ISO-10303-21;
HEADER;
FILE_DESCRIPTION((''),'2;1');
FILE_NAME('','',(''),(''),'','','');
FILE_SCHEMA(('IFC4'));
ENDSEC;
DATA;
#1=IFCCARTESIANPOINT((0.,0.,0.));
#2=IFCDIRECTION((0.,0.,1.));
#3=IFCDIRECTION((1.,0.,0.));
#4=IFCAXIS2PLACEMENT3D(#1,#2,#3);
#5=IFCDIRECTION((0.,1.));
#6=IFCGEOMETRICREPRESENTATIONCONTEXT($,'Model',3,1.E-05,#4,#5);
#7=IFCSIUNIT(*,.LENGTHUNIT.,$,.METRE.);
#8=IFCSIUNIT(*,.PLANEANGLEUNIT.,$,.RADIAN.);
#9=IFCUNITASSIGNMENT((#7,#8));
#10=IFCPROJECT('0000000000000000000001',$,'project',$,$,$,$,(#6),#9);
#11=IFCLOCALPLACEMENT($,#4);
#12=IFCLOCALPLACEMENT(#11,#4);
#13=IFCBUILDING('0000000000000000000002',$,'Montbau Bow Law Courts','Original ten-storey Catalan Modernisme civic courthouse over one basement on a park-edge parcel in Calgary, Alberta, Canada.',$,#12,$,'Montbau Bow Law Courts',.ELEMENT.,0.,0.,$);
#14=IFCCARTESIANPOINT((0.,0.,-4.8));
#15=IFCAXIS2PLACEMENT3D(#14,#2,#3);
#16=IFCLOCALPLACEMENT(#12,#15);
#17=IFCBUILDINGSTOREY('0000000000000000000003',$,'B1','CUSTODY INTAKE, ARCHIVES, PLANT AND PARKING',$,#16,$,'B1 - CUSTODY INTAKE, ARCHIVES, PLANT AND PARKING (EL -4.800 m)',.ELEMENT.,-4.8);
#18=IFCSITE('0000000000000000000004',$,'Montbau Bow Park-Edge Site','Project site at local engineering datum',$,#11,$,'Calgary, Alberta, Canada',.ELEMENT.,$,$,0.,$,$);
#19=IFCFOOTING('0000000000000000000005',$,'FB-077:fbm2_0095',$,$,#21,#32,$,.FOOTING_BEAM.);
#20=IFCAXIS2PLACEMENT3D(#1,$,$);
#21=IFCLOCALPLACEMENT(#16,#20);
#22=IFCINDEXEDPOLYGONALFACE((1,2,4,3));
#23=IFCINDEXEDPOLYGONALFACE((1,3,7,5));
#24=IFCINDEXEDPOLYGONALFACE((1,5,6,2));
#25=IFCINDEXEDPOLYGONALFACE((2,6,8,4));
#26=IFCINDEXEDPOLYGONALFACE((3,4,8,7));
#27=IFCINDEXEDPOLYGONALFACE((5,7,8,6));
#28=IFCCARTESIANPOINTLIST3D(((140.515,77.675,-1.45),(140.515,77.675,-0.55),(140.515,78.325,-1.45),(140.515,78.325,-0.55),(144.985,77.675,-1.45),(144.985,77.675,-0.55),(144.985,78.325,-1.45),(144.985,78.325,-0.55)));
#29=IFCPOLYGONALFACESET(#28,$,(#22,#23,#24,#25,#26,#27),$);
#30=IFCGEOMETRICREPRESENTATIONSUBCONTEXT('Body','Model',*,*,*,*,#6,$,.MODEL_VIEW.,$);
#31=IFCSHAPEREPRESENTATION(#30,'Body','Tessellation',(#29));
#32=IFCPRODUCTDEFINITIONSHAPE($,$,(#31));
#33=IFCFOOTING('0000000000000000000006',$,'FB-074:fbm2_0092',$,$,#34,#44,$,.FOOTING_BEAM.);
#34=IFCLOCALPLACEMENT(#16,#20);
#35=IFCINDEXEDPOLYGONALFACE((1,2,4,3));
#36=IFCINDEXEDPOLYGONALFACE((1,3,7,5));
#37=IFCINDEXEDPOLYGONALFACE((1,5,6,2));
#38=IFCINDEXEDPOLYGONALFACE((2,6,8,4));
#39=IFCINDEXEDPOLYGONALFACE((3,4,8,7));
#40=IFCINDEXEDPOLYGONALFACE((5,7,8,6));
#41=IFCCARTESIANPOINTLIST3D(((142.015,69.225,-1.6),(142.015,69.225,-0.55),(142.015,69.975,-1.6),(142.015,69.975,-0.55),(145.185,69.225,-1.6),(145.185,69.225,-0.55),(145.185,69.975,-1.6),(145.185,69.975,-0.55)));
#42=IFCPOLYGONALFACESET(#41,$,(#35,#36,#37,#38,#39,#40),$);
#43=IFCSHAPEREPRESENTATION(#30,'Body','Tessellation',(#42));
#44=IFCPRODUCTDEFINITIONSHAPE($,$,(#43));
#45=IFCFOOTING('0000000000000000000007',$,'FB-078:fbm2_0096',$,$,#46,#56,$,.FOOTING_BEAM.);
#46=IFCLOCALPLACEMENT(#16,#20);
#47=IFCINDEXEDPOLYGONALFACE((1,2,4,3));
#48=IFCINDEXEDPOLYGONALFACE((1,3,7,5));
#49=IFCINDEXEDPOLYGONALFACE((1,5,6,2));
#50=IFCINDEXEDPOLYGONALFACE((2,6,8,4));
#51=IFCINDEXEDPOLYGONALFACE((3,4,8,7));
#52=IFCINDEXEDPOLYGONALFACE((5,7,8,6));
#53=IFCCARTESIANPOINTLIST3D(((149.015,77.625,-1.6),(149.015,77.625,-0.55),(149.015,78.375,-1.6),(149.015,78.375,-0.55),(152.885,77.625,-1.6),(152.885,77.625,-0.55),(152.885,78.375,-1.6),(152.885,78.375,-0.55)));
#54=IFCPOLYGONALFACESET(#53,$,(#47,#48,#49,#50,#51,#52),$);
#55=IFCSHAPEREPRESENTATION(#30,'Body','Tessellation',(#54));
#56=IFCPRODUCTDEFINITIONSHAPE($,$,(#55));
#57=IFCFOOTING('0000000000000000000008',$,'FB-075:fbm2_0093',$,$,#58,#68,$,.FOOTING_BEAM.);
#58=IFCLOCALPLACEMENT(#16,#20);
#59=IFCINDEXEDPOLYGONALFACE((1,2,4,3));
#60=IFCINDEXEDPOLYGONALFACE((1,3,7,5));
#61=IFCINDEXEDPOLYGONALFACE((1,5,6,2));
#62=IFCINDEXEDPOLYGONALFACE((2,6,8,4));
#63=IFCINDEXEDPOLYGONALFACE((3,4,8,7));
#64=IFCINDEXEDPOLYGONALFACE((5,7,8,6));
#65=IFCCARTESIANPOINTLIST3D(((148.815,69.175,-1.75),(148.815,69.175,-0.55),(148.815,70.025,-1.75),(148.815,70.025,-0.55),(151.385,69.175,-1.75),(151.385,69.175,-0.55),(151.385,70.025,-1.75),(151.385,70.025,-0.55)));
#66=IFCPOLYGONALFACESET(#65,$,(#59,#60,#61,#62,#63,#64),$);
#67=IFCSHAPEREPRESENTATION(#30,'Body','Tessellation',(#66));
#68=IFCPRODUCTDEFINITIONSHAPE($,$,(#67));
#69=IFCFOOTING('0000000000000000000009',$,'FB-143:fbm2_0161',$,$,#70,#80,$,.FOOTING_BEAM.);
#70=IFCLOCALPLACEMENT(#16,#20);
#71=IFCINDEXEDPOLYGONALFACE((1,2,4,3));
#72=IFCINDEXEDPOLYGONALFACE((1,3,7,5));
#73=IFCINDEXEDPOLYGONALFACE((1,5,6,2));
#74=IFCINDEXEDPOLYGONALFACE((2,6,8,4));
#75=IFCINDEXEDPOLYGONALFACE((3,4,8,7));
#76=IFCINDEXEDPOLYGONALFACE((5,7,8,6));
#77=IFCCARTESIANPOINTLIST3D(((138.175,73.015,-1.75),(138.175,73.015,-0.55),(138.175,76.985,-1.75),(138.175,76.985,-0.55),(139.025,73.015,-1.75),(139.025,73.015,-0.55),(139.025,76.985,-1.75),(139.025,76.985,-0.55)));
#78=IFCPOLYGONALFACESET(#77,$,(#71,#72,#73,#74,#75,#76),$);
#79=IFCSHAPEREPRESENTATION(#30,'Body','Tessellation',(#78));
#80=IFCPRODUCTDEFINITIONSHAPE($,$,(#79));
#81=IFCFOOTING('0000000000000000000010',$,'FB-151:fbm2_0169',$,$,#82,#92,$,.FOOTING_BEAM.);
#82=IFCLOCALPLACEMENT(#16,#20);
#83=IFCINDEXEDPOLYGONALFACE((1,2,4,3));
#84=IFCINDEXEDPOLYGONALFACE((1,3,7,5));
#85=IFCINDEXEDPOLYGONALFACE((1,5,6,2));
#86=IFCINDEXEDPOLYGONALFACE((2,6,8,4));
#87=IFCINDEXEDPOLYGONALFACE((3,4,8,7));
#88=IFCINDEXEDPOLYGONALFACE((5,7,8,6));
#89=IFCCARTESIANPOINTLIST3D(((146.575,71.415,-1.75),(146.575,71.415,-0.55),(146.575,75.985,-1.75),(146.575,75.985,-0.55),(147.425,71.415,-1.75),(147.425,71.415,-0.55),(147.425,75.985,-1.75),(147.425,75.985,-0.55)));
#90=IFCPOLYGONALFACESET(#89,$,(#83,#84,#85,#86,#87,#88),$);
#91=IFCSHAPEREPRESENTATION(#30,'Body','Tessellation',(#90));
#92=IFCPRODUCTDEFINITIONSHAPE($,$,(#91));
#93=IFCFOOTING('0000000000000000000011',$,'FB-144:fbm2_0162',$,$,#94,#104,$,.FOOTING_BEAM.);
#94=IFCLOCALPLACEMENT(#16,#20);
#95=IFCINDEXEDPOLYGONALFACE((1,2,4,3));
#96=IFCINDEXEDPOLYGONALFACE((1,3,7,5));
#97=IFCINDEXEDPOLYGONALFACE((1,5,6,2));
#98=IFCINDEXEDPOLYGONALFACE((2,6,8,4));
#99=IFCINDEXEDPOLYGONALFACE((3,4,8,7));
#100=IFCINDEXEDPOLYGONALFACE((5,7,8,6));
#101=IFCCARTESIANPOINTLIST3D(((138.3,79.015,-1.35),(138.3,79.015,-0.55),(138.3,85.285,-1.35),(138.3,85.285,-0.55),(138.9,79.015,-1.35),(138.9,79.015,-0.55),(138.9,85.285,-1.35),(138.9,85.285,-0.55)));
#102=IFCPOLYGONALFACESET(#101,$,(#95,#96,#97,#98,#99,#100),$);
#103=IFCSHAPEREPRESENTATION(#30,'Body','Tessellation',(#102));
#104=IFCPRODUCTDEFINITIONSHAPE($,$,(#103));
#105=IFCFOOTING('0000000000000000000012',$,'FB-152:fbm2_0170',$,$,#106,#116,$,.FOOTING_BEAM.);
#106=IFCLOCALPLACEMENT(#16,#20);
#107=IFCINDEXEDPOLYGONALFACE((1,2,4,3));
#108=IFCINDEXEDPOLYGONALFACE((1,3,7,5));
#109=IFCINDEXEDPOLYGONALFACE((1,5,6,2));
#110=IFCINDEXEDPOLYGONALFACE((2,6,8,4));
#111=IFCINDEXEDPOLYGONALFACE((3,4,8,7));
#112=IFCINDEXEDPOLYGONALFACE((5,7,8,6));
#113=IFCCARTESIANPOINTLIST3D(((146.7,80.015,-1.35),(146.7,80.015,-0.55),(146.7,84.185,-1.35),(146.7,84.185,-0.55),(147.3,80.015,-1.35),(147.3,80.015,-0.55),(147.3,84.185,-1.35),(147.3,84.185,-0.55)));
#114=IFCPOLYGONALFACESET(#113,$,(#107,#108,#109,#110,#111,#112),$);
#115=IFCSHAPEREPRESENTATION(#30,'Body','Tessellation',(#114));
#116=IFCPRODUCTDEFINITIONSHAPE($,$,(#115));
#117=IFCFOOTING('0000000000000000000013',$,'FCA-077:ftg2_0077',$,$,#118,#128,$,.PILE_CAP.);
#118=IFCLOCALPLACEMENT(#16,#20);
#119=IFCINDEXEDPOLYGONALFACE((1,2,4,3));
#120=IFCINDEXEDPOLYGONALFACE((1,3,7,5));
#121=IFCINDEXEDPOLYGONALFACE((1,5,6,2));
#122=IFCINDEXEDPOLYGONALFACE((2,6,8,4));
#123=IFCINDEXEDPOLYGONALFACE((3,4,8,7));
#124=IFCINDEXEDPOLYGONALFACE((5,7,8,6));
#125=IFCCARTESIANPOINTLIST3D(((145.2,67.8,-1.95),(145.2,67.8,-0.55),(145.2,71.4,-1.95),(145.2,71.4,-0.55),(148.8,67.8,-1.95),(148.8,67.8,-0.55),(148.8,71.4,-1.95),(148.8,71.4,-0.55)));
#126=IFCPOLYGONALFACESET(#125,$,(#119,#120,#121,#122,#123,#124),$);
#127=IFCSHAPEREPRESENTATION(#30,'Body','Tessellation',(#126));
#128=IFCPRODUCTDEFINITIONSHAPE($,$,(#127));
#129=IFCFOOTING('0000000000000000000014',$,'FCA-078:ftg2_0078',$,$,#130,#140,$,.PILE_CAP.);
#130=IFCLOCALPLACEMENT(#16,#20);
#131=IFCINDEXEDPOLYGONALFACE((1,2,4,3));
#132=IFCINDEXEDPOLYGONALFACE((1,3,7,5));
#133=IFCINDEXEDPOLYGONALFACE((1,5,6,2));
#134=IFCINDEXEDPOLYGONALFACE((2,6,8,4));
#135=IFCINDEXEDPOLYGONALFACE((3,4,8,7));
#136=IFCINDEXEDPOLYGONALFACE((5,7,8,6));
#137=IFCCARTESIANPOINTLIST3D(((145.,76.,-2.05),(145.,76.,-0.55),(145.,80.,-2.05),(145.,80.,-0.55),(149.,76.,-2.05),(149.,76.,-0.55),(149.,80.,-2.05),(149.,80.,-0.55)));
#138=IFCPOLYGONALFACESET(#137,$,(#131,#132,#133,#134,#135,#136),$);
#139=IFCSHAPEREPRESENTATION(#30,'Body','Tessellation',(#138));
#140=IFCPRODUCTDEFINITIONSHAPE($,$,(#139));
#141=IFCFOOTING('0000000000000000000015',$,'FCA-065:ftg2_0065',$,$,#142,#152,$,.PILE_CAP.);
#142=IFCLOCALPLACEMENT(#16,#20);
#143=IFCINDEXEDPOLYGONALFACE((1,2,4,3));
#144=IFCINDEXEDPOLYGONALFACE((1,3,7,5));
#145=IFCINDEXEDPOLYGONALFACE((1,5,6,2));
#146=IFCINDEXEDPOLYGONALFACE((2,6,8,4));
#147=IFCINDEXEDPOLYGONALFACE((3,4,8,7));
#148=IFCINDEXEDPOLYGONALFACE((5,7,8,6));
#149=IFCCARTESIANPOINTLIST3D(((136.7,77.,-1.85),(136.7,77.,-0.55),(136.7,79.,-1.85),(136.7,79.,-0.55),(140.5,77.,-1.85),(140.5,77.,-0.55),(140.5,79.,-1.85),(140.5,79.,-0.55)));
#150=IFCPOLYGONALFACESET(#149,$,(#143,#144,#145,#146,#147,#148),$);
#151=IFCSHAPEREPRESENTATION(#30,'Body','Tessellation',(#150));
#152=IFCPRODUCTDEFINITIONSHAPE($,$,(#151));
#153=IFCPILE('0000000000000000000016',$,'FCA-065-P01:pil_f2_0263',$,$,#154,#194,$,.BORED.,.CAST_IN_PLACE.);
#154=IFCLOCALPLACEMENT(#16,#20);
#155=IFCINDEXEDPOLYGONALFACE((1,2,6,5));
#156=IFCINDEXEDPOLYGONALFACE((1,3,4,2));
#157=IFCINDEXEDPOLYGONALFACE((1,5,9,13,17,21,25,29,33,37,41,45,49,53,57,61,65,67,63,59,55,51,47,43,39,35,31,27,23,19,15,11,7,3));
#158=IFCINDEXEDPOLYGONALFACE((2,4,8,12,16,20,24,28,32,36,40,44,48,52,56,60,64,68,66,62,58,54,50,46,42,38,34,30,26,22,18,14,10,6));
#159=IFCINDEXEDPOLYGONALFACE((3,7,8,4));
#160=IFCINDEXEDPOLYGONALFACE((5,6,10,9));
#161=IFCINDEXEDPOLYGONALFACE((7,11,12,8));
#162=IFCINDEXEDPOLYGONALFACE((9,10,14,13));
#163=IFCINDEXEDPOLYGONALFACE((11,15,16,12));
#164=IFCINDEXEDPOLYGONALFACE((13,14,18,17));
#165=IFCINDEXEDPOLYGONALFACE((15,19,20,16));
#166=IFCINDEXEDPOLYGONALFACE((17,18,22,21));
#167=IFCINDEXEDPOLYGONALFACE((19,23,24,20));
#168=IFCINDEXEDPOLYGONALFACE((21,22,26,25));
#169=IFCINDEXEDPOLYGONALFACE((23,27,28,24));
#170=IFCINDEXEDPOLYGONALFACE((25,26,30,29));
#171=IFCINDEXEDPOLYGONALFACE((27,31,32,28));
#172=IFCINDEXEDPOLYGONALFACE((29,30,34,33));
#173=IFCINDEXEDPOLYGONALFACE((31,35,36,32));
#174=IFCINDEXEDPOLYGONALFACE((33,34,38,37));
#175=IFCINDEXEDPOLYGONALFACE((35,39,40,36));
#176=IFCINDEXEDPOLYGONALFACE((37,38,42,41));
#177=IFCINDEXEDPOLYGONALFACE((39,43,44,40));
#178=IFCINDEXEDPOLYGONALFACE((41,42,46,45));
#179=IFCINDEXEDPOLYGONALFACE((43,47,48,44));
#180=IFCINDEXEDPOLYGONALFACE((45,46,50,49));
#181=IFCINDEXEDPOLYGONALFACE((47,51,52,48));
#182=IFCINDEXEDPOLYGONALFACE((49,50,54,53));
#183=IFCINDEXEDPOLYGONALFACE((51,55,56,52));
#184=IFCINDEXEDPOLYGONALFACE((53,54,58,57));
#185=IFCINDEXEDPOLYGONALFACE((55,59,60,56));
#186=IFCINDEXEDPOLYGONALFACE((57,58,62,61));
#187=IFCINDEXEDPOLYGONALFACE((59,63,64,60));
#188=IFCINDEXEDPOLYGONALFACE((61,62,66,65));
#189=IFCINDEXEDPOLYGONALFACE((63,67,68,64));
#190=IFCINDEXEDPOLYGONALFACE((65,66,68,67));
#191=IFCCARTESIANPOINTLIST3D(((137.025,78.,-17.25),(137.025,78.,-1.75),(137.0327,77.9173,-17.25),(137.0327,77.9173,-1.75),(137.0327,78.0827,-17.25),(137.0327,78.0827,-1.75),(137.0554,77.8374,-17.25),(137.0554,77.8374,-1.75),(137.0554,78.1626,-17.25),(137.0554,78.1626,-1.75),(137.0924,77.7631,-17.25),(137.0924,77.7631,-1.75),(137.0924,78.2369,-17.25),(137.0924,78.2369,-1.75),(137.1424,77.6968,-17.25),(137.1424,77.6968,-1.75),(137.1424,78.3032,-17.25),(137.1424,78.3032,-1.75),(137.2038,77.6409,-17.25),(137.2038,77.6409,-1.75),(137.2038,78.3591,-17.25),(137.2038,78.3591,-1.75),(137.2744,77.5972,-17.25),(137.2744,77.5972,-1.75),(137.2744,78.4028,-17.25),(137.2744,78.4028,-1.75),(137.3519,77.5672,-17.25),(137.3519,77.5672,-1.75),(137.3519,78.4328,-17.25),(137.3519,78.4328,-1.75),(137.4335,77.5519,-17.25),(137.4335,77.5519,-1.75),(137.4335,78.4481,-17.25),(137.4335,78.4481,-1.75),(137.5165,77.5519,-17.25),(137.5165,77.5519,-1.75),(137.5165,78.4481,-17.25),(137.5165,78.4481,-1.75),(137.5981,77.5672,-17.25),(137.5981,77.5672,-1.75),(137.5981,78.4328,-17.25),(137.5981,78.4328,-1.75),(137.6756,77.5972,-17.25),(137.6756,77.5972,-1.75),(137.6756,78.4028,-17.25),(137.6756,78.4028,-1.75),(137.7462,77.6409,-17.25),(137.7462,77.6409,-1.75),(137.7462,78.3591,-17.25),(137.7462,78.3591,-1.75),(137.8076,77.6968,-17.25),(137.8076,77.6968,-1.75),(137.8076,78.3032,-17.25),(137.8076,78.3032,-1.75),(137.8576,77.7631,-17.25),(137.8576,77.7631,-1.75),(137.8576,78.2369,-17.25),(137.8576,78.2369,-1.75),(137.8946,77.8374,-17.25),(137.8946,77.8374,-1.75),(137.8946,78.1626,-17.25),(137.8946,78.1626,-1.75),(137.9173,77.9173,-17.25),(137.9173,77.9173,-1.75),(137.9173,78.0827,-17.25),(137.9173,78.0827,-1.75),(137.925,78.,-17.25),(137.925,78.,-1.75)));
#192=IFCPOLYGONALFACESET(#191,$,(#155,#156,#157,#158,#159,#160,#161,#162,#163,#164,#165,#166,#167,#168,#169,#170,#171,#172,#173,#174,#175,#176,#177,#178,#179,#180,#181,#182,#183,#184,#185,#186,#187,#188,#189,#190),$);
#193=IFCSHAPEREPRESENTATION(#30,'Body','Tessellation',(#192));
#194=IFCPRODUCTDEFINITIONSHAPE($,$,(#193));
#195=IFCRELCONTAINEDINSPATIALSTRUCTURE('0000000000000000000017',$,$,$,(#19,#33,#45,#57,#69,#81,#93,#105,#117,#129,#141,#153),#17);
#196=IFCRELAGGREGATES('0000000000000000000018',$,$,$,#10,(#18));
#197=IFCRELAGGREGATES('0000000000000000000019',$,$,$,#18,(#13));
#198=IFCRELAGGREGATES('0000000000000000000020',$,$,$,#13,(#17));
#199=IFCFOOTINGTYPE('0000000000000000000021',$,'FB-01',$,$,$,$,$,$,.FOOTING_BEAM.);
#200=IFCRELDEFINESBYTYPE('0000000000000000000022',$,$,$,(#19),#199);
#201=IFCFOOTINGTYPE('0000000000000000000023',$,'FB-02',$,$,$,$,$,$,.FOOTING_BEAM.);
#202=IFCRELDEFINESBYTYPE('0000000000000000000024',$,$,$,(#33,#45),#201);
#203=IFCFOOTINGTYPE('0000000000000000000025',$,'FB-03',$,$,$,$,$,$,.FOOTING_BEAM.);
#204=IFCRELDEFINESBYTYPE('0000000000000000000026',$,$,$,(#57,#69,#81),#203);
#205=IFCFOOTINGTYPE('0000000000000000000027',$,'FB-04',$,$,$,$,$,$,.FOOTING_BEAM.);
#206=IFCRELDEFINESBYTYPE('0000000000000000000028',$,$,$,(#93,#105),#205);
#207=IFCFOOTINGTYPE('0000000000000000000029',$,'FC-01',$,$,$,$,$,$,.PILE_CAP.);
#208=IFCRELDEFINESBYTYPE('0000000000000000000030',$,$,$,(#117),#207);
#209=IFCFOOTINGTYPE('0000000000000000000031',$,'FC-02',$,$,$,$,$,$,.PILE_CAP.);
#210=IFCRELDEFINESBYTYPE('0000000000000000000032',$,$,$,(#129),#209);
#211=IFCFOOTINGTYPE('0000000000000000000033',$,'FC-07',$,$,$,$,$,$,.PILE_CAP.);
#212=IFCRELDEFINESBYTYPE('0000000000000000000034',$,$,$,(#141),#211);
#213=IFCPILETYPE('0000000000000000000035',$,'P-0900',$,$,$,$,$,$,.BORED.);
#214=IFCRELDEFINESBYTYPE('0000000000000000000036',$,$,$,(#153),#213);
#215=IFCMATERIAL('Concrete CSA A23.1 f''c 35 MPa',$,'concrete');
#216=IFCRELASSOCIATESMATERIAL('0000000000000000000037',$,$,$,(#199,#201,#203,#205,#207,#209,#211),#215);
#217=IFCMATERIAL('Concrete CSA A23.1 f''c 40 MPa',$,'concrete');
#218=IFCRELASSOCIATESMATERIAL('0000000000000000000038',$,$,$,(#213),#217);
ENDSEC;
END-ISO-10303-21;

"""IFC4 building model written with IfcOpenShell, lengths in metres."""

from ifc_helpers import new_model, si_unit, direction, frame, origin_with_axes, origin_2d_with_axis, place, context, subcontext, project, spatial, rectangle, circle, extrude, material, material_profile, profile_set, type_object, element, save


model = new_model("IFC4")

# Units and contexts
model_context = context("Model", 3, precision=1e-05, world=origin_with_axes(), true_north=direction((0.0, 1.0)))
body_context = subcontext(model_context, "Body", "Model", "MODEL_VIEW")
ifc_project = project(units=[si_unit("LENGTHUNIT", "METRE"), si_unit("PLANEANGLEUNIT", "RADIAN")], contexts=[model_context])

# Site, building, storey
site_placement = place(None, origin_with_axes())
site = spatial("IfcSite", under=ifc_project, at=site_placement, Name="Montbau Bow Park-Edge Site", Description="Project site at local engineering datum", LongName="Calgary, Alberta, Canada", CompositionType="ELEMENT", RefElevation=0.0)
building_placement = place(site_placement, origin_with_axes())
building = spatial("IfcBuilding", under=site, at=building_placement, Name="Montbau Bow Law Courts", Description="Original ten-storey Catalan Modernisme civic courthouse over one basement on a park-edge parcel in Calgary, Alberta, Canada.", LongName="Montbau Bow Law Courts", CompositionType="ELEMENT", ElevationOfRefHeight=0.0, ElevationOfTerrain=0.0)
storey_placement = place(building_placement, frame((0.0, 0.0, -4.8), z_axis=(0.0, 0.0, 1.0), x_axis=(1.0, 0.0, 0.0)))
storey = spatial("IfcBuildingStorey", under=building, at=storey_placement, Name="B1", Description="CUSTODY INTAKE, ARCHIVES, PLANT AND PARKING", LongName="B1 - CUSTODY INTAKE, ARCHIVES, PLANT AND PARKING (EL -4.800 m)", CompositionType="ELEMENT", Elevation=-4.8)

# Footings
ifc_material_1 = material(Name="Concrete CSA A23.1 f'c 35 MPa", Category="concrete")
footing_type_1 = type_object("IfcFootingType", Name="FB-01", PredefinedType="FOOTING_BEAM", material=ifc_material_1)
footing_1_placement = place(None, frame((142.75, 78.0, -6.25), z_axis=(0.0, 0.0, 1.0), x_axis=(1.0, 0.0, 0.0)))
element("IfcFooting", 1, at=footing_1_placement, inside=storey, type_object=footing_type_1, Name="FB-077:fbm2_0095", PredefinedType="FOOTING_BEAM", context=body_context, shape_type="SweptSolid", body=[
    extrude(rectangle(XDim=4.47, YDim=0.65, at=origin_2d_with_axis()), origin_with_axes(), (0.0, 0.0, 1.0), 0.9),
])
footing_type_2 = type_object("IfcFootingType", Name="FB-02", PredefinedType="FOOTING_BEAM", material=ifc_material_1)
footing_2_placement = place(None, frame((143.6, 69.6, -6.4), z_axis=(0.0, 0.0, 1.0), x_axis=(1.0, 0.0, 0.0)))
element("IfcFooting", 2, at=footing_2_placement, inside=storey, type_object=footing_type_2, Name="FB-074:fbm2_0092", PredefinedType="FOOTING_BEAM", context=body_context, shape_type="SweptSolid", body=[
    extrude(rectangle(XDim=3.17, YDim=0.75, at=origin_2d_with_axis()), origin_with_axes(), (0.0, 0.0, 1.0), 1.05),
])
footing_3_placement = place(None, frame((150.95, 78.0, -6.4), z_axis=(0.0, 0.0, 1.0), x_axis=(1.0, 0.0, 0.0)))
element("IfcFooting", 3, at=footing_3_placement, inside=storey, type_object=footing_type_2, Name="FB-078:fbm2_0096", PredefinedType="FOOTING_BEAM", context=body_context, shape_type="SweptSolid", body=[
    extrude(rectangle(XDim=3.87, YDim=0.75, at=origin_2d_with_axis()), origin_with_axes(), (0.0, 0.0, 1.0), 1.05),
])
footing_type_3 = type_object("IfcFootingType", Name="FB-03", PredefinedType="FOOTING_BEAM", material=ifc_material_1)
footing_4_placement = place(None, frame((150.1, 69.6, -6.55), z_axis=(0.0, 0.0, 1.0), x_axis=(1.0, 0.0, 0.0)))
element("IfcFooting", 4, at=footing_4_placement, inside=storey, type_object=footing_type_3, Name="FB-075:fbm2_0093", PredefinedType="FOOTING_BEAM", context=body_context, shape_type="SweptSolid", body=[
    extrude(rectangle(XDim=2.57, YDim=0.85, at=origin_2d_with_axis()), origin_with_axes(), (0.0, 0.0, 1.0), 1.2),
])
footing_5_placement = place(None, frame((138.6, 75.0, -6.55), z_axis=(0.0, 0.0, 1.0), x_axis=(0.0, 1.0, 0.0)))
element("IfcFooting", 5, at=footing_5_placement, inside=storey, type_object=footing_type_3, Name="FB-143:fbm2_0161", PredefinedType="FOOTING_BEAM", context=body_context, shape_type="SweptSolid", body=[
    extrude(rectangle(XDim=3.97, YDim=0.85, at=origin_2d_with_axis()), origin_with_axes(), (0.0, 0.0, 1.0), 1.2),
])
footing_6_placement = place(None, frame((147.0, 73.7, -6.55), z_axis=(0.0, 0.0, 1.0), x_axis=(0.0, 1.0, 0.0)))
element("IfcFooting", 6, at=footing_6_placement, inside=storey, type_object=footing_type_3, Name="FB-151:fbm2_0169", PredefinedType="FOOTING_BEAM", context=body_context, shape_type="SweptSolid", body=[
    extrude(rectangle(XDim=4.57, YDim=0.85, at=origin_2d_with_axis()), origin_with_axes(), (0.0, 0.0, 1.0), 1.2),
])
footing_type_4 = type_object("IfcFootingType", Name="FB-04", PredefinedType="FOOTING_BEAM", material=ifc_material_1)
footing_7_placement = place(None, frame((138.6, 82.15, -6.15), z_axis=(0.0, 0.0, 1.0), x_axis=(0.0, 1.0, 0.0)))
element("IfcFooting", 7, at=footing_7_placement, inside=storey, type_object=footing_type_4, Name="FB-144:fbm2_0162", PredefinedType="FOOTING_BEAM", context=body_context, shape_type="SweptSolid", body=[
    extrude(rectangle(XDim=6.27, YDim=0.6, at=origin_2d_with_axis()), origin_with_axes(), (0.0, 0.0, 1.0), 0.8),
])
footing_8_placement = place(None, frame((147.0, 82.1, -6.15), z_axis=(0.0, 0.0, 1.0), x_axis=(0.0, 1.0, 0.0)))
element("IfcFooting", 8, at=footing_8_placement, inside=storey, type_object=footing_type_4, Name="FB-152:fbm2_0170", PredefinedType="FOOTING_BEAM", context=body_context, shape_type="SweptSolid", body=[
    extrude(rectangle(XDim=4.17, YDim=0.6, at=origin_2d_with_axis()), origin_with_axes(), (0.0, 0.0, 1.0), 0.8),
])
footing_type_5 = type_object("IfcFootingType", Name="FC-01", PredefinedType="PILE_CAP", material=ifc_material_1)
footing_9_placement = place(None, frame((147.0, 69.6, -6.75), z_axis=(0.0, 0.0, 1.0), x_axis=(1.0, 0.0, 0.0)))
element("IfcFooting", 9, at=footing_9_placement, inside=storey, type_object=footing_type_5, Name="FCA-077:ftg2_0077", PredefinedType="PILE_CAP", context=body_context, shape_type="SweptSolid", body=[
    extrude(rectangle(XDim=3.6, YDim=3.6, at=origin_2d_with_axis()), origin_with_axes(), (0.0, 0.0, 1.0), 1.4),
])
footing_type_6 = type_object("IfcFootingType", Name="FC-02", PredefinedType="PILE_CAP", material=ifc_material_1)
footing_10_placement = place(None, frame((147.0, 78.0, -6.85), z_axis=(0.0, 0.0, 1.0), x_axis=(1.0, 0.0, 0.0)))
element("IfcFooting", 10, at=footing_10_placement, inside=storey, type_object=footing_type_6, Name="FCA-078:ftg2_0078", PredefinedType="PILE_CAP", context=body_context, shape_type="SweptSolid", body=[
    extrude(rectangle(XDim=4.0, YDim=4.0, at=origin_2d_with_axis()), origin_with_axes(), (0.0, 0.0, 1.0), 1.5),
])
footing_type_7 = type_object("IfcFootingType", Name="FC-07", PredefinedType="PILE_CAP", material=ifc_material_1)
footing_11_placement = place(None, frame((138.6, 78.0, -6.65), z_axis=(0.0, 0.0, 1.0), x_axis=(1.0, 0.0, 0.0)))
element("IfcFooting", 11, at=footing_11_placement, inside=storey, type_object=footing_type_7, Name="FCA-065:ftg2_0065", PredefinedType="PILE_CAP", context=body_context, shape_type="SweptSolid", body=[
    extrude(rectangle(XDim=3.8, YDim=2.0, at=origin_2d_with_axis()), origin_with_axes(), (0.0, 0.0, 1.0), 1.3),
])

# Pile
ifc_material_2 = material(Name="Concrete CSA A23.1 f'c 40 MPa", Category="concrete")
ifc_material_profile_1 = material_profile(ifc_material_2, circle(Radius=0.45, at=origin_2d_with_axis()), Name="BP900", Category="Main", Priority=0)
ifc_profile_set_1 = profile_set([ifc_material_profile_1], Name="Concrete CSA A23.1 f'c 40 MPa")
pile_type_1 = type_object("IfcPileType", Name="P-0900", PredefinedType="BORED", material=ifc_profile_set_1)
for number, where, z_axis, x_axis, name in (
    (12, (137.475, 78.0, -22.05), (0.0, 0.0, 1.0), (1.0, 0.0, 0.0), "FCA-065-P01:pil_f2_0263"),
):
    element("IfcPile", number, at=place(None, frame(where, z_axis=z_axis, x_axis=x_axis)), inside=storey, type_object=pile_type_1, Name=name, ConstructionType="CAST_IN_PLACE", PredefinedType="BORED", context=body_context, shape_type="SweptSolid", body=[
        extrude(circle(Radius=0.45, at=origin_2d_with_axis()), origin_with_axes(), (0.0, 0.0, 1.0), 15.5),
    ])

save(model, "model.ifc")
